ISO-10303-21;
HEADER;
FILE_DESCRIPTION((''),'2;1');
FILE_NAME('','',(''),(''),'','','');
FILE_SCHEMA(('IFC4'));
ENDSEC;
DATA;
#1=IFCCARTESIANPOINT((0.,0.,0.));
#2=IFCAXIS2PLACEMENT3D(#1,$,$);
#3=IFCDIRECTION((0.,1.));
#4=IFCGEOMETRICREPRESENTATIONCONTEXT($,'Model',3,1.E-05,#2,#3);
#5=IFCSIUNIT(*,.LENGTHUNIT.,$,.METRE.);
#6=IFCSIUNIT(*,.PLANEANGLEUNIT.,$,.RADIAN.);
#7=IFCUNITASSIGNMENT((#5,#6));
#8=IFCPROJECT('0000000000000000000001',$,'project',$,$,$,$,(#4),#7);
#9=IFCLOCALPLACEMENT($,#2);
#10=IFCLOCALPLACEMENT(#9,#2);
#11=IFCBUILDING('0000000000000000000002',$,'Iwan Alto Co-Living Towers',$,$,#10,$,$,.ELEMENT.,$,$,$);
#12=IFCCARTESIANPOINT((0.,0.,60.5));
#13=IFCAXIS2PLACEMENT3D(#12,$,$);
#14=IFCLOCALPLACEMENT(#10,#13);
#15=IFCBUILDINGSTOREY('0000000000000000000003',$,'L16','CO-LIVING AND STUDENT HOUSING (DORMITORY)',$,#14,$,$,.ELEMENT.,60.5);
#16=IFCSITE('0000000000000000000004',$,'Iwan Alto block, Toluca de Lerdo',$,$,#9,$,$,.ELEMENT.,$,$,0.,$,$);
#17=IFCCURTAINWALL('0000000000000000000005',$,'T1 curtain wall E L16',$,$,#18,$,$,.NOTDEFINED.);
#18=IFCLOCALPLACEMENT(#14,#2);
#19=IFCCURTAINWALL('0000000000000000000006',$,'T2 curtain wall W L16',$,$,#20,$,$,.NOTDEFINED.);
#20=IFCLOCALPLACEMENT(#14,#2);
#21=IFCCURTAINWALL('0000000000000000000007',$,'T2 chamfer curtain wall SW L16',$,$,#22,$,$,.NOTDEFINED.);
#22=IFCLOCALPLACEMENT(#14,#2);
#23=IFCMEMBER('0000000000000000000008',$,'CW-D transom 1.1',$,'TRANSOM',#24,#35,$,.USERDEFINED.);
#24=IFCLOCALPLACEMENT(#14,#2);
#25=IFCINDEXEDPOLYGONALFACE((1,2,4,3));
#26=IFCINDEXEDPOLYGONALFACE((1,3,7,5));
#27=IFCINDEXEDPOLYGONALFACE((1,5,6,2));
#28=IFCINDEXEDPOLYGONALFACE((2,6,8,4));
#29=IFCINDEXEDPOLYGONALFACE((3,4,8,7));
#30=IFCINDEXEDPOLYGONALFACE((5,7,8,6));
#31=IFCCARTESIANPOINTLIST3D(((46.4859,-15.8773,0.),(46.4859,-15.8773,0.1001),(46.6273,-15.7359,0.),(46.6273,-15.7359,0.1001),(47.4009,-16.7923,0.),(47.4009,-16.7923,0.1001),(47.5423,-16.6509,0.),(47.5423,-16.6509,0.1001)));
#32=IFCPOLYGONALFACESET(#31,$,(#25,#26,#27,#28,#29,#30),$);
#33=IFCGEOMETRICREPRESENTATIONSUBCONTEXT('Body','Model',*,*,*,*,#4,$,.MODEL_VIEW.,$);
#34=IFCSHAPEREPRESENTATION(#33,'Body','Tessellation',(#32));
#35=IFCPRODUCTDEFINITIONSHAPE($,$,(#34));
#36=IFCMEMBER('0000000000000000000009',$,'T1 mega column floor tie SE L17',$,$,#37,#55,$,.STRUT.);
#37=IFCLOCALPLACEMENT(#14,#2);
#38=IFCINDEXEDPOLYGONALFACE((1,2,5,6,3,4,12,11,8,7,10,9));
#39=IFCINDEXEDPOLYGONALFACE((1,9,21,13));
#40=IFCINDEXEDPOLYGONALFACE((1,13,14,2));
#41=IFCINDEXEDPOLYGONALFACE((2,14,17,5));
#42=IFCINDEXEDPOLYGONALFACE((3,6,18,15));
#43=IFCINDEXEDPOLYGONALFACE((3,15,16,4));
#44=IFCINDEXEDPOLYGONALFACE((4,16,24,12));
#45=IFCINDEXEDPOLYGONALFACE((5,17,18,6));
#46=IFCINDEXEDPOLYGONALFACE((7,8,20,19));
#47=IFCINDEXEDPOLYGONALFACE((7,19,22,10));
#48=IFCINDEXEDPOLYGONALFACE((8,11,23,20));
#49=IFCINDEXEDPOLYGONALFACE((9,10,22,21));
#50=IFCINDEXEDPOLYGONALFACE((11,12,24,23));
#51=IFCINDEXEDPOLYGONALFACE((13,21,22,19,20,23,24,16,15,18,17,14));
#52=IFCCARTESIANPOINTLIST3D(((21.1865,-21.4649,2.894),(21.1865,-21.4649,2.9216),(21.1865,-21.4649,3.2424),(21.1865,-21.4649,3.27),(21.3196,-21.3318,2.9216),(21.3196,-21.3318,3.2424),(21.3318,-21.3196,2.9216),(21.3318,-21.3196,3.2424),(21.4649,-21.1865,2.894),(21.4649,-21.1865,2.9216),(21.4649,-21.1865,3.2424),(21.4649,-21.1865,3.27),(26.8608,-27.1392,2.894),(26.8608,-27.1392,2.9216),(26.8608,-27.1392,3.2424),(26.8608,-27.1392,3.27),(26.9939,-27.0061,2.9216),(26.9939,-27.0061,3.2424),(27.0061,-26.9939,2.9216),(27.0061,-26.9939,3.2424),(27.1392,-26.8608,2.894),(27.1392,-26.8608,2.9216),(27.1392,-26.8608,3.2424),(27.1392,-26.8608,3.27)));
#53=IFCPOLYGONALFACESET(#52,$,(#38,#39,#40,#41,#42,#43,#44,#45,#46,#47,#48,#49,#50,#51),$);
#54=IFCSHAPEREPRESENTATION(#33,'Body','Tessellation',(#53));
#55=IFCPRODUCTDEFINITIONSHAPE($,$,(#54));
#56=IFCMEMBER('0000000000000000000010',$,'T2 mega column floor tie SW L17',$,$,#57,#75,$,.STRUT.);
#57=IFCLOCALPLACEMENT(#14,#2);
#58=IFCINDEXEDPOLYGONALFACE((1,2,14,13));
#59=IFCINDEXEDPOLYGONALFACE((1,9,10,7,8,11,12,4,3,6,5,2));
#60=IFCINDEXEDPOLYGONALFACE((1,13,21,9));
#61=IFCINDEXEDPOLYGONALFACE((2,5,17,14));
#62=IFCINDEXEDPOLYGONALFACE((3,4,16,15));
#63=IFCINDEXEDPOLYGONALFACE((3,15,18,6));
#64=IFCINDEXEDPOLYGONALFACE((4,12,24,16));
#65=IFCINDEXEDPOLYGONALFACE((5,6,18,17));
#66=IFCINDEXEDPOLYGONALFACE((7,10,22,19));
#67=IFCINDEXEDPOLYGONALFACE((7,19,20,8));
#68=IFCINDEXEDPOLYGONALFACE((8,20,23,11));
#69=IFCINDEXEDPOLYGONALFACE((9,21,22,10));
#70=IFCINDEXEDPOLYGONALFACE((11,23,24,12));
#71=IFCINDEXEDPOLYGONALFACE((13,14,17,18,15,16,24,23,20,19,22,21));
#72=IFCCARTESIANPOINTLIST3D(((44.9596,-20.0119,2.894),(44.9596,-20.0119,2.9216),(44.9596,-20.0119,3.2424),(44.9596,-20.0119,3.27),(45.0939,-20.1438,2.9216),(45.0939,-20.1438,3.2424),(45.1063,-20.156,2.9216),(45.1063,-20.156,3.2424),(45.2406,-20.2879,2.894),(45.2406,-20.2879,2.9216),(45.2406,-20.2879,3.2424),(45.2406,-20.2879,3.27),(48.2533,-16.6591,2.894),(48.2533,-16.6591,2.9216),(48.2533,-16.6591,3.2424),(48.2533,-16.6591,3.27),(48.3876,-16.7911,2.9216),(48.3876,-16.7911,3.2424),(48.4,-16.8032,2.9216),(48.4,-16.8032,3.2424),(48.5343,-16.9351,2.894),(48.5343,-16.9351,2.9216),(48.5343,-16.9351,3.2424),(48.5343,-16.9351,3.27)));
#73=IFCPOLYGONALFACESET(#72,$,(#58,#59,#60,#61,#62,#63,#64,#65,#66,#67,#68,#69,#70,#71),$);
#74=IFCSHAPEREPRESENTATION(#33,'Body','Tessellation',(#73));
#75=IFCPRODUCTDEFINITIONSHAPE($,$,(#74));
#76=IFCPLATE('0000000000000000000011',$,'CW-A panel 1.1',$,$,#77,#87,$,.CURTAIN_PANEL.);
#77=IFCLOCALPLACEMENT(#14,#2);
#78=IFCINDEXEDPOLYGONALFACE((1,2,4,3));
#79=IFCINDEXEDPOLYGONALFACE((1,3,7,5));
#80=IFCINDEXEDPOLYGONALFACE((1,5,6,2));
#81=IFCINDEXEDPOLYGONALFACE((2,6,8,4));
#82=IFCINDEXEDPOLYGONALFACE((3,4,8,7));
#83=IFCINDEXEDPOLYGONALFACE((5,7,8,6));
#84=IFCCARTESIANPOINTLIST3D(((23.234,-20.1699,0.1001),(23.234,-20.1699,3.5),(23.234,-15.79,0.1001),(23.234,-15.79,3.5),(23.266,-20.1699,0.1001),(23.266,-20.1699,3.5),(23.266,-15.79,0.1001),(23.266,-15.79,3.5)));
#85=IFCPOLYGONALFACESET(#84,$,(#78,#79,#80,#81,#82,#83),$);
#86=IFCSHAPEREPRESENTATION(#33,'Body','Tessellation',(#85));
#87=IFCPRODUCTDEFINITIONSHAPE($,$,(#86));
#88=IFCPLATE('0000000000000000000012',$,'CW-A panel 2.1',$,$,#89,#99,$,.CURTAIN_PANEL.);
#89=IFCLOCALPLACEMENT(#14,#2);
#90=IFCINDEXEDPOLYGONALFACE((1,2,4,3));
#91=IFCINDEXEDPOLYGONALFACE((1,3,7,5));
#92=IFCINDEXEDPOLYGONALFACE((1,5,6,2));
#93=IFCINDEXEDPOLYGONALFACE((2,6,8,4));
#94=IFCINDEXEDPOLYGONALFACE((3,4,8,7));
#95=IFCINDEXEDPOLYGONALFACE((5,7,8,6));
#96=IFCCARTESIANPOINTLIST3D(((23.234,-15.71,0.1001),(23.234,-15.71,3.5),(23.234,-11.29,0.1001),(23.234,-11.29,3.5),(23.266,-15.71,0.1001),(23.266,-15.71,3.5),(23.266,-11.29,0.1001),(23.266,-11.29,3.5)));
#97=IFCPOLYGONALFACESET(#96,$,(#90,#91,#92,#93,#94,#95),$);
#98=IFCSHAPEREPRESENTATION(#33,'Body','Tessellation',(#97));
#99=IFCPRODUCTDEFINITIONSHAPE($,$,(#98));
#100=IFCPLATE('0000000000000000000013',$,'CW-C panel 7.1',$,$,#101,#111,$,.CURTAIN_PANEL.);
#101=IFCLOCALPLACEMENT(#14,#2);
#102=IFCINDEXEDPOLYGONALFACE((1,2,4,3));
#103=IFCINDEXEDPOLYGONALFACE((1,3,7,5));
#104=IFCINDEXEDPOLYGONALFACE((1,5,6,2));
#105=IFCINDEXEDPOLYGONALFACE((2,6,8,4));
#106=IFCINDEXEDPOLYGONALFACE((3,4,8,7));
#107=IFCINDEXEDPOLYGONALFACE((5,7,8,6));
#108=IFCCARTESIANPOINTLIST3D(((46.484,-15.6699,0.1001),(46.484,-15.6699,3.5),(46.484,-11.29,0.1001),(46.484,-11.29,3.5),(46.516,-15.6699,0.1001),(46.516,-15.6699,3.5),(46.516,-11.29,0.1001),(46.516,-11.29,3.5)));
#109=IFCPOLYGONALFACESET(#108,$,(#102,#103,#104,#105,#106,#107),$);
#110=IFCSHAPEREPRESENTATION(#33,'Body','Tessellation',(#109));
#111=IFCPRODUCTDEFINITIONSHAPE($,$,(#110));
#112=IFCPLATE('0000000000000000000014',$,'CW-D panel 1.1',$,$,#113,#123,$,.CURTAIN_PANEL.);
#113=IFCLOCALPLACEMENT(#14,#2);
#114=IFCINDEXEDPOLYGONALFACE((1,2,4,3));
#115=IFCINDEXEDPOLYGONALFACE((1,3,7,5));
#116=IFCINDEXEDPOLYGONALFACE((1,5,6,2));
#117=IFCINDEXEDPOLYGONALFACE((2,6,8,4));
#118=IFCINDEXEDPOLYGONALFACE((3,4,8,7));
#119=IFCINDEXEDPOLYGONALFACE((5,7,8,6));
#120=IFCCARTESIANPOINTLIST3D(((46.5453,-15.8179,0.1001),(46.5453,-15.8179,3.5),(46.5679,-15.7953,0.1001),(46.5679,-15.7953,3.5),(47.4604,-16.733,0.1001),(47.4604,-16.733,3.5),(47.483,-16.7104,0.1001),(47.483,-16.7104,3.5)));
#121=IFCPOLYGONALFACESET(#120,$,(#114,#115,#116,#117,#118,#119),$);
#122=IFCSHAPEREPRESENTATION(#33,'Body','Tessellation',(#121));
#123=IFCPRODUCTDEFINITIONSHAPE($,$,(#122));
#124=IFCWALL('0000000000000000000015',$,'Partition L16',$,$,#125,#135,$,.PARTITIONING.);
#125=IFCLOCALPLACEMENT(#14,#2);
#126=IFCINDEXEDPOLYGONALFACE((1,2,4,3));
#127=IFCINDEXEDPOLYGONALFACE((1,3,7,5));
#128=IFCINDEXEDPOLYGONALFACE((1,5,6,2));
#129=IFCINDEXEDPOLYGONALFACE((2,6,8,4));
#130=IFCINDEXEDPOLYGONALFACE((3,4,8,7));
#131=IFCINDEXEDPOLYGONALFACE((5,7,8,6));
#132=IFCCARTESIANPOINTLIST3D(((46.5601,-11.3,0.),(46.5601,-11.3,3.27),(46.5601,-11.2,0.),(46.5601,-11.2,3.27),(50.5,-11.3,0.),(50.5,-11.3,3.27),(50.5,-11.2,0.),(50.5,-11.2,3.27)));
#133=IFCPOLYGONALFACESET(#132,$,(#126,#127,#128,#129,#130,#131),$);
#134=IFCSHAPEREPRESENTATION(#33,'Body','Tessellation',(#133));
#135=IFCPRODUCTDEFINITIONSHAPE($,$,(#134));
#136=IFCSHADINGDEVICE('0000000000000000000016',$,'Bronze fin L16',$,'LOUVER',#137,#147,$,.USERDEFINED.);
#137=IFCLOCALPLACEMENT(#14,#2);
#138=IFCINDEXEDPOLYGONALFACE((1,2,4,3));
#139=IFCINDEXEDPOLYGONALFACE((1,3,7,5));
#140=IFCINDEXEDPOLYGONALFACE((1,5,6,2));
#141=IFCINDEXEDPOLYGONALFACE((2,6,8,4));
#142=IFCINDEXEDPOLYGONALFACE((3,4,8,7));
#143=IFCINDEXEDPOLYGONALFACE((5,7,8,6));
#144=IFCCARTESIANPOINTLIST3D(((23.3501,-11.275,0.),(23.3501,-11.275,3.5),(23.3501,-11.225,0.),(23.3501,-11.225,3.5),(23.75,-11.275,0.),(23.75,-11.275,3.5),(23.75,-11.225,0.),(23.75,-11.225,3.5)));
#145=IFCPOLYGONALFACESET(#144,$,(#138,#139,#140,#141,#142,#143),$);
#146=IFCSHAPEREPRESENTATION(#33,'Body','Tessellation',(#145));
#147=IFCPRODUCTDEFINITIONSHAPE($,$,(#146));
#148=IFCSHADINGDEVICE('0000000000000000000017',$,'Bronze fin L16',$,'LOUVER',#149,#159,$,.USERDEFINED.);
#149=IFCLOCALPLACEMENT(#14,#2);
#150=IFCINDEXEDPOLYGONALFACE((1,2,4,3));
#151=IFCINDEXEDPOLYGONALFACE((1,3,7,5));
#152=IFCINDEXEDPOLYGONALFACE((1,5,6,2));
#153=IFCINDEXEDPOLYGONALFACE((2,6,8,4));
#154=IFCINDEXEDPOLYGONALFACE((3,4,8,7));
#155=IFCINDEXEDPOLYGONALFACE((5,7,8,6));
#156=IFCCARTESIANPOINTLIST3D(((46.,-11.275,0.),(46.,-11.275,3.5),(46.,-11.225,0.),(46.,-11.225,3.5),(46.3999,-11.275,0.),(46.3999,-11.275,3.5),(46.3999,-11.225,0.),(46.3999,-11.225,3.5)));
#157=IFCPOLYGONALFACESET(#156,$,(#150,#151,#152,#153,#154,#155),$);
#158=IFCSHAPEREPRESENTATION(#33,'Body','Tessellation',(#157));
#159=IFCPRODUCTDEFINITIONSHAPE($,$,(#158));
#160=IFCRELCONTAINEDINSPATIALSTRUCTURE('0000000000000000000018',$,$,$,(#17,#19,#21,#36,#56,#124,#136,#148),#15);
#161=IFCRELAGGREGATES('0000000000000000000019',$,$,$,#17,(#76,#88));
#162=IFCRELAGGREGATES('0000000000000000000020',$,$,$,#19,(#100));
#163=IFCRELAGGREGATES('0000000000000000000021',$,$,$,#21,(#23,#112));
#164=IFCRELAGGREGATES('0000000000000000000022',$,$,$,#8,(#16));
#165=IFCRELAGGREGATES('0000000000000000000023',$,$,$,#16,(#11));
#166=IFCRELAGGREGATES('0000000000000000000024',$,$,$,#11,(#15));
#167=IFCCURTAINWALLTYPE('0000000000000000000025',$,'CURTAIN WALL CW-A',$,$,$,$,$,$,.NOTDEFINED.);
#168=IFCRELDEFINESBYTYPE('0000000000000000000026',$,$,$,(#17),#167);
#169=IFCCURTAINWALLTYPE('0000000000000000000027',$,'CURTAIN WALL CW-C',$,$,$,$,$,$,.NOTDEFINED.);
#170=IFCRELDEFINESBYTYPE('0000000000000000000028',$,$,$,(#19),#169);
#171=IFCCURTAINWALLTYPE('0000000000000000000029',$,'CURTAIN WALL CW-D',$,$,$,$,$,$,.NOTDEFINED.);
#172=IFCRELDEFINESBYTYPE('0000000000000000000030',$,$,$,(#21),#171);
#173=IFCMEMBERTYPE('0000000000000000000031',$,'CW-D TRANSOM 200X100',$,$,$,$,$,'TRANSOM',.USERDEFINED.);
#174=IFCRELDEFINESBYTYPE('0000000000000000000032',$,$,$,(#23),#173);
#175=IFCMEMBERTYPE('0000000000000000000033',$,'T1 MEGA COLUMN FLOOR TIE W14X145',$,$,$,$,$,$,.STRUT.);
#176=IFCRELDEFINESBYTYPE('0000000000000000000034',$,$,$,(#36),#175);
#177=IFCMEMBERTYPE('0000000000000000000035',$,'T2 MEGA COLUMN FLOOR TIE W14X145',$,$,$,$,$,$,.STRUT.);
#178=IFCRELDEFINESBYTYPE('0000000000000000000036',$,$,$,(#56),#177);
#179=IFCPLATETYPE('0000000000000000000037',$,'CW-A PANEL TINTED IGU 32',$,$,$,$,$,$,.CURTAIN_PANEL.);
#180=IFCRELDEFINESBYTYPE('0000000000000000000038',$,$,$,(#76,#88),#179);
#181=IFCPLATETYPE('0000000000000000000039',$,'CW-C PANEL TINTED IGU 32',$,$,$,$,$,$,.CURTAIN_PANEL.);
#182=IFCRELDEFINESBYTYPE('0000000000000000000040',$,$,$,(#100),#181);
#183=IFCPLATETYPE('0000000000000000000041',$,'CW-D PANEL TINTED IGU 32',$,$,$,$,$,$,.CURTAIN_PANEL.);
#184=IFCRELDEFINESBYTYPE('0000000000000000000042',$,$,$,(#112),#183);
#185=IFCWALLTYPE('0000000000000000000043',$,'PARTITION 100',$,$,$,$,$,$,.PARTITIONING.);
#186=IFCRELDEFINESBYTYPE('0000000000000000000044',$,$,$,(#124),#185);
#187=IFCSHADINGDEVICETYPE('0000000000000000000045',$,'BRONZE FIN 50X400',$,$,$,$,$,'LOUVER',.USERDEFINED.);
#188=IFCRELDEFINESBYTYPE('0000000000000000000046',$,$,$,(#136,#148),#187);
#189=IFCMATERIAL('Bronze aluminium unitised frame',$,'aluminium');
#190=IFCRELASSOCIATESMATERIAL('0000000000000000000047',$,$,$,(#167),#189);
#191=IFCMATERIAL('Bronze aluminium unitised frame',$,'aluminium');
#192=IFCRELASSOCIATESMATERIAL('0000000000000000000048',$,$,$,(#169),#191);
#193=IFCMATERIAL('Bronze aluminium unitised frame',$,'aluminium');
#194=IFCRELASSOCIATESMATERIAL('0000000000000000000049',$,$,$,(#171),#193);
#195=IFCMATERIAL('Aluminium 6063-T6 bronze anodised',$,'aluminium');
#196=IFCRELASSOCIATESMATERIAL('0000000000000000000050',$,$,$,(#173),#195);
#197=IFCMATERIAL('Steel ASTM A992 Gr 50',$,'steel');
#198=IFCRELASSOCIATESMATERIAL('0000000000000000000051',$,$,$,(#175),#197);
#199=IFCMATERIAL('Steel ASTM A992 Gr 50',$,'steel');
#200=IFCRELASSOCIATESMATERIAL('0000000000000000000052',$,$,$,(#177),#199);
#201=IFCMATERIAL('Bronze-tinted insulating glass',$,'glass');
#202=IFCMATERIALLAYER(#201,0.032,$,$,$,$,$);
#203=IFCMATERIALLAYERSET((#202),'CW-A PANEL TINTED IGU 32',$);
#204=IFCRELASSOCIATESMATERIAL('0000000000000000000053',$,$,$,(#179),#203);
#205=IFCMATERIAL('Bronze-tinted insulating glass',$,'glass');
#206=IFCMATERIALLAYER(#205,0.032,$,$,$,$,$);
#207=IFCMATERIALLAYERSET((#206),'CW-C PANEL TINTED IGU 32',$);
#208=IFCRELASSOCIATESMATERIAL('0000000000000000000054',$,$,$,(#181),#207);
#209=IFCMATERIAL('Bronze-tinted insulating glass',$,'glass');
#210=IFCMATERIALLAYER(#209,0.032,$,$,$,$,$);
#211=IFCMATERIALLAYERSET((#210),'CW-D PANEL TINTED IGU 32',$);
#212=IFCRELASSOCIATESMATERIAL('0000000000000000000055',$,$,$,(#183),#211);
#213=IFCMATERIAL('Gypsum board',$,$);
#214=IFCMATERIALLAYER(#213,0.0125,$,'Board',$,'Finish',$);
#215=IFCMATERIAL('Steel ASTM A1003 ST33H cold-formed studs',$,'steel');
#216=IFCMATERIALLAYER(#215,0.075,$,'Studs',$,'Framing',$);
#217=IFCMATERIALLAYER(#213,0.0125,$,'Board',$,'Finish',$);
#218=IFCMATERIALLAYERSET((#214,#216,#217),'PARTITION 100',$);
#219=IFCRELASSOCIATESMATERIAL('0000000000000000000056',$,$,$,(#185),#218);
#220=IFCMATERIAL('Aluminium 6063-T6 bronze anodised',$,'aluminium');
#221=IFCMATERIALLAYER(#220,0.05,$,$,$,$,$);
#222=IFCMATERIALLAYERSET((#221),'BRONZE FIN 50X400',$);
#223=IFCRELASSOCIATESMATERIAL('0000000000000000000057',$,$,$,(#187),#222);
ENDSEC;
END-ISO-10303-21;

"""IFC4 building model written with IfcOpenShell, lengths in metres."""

from ifc_helpers import new_model, si_unit, direction, frame, frame_2d, origin, origin_2d, place, context, subcontext, project, spatial, rectangle, i_section, extrude, material, layer, layer_set, material_profile, profile_set, type_object, element, aggregate, save


model = new_model("IFC4")

# Units and contexts
model_context = context("Model", 3, precision=1e-05, world=origin(), true_north=direction((0.0, 1.0)))
body_context = subcontext(model_context, "Body", "Model", "MODEL_VIEW")
ifc_project = project(units=[si_unit("LENGTHUNIT", "METRE"), si_unit("PLANEANGLEUNIT", "RADIAN")], contexts=[model_context])

# Site, building, storey
site_placement = place(None, origin())
site = spatial("IfcSite", under=ifc_project, at=site_placement, Name="Iwan Alto block, Toluca de Lerdo", CompositionType="ELEMENT", RefElevation=0.0)
building_placement = place(site_placement, origin())
building = spatial("IfcBuilding", under=site, at=building_placement, Name="Iwan Alto Co-Living Towers", CompositionType="ELEMENT")
storey_placement = place(building_placement, frame((0.0, 0.0, 60.5)))
storey = spatial("IfcBuildingStorey", under=building, at=storey_placement, Name="L16", Description="CO-LIVING AND STUDENT HOUSING (DORMITORY)", CompositionType="ELEMENT", Elevation=60.5)

# Curtain walls, member
ifc_material_1 = material(Name="Bronze aluminium unitised frame", Category="aluminium")
curtain_wall_type_1 = type_object("IfcCurtainWallType", Name="CURTAIN WALL CW-A", PredefinedType="NOTDEFINED", material=ifc_material_1)
curtain_wall_1_placement = place(storey_placement, origin())
curtain_wall_1 = element("IfcCurtainWall", 1, at=curtain_wall_1_placement, inside=storey, type_object=curtain_wall_type_1, Name="T1 curtain wall E L16", PredefinedType="NOTDEFINED")
ifc_material_2 = material(Name="Bronze aluminium unitised frame", Category="aluminium")
curtain_wall_type_2 = type_object("IfcCurtainWallType", Name="CURTAIN WALL CW-C", PredefinedType="NOTDEFINED", material=ifc_material_2)
curtain_wall_2_placement = place(storey_placement, origin())
curtain_wall_2 = element("IfcCurtainWall", 2, at=curtain_wall_2_placement, inside=storey, type_object=curtain_wall_type_2, Name="T2 curtain wall W L16", PredefinedType="NOTDEFINED")
ifc_material_3 = material(Name="Bronze aluminium unitised frame", Category="aluminium")
curtain_wall_type_3 = type_object("IfcCurtainWallType", Name="CURTAIN WALL CW-D", PredefinedType="NOTDEFINED", material=ifc_material_3)
curtain_wall_3_placement = place(storey_placement, origin())
curtain_wall_3 = element("IfcCurtainWall", 3, at=curtain_wall_3_placement, inside=storey, type_object=curtain_wall_type_3, Name="T2 chamfer curtain wall SW L16", PredefinedType="NOTDEFINED")
ifc_material_4 = material(Name="Aluminium 6063-T6 bronze anodised", Category="aluminium")
ifc_material_profile_1 = material_profile(ifc_material_4, rectangle(XDim=0.2, YDim=0.1001, at=origin_2d()), Name="AL 200X100")
ifc_profile_set_1 = profile_set([ifc_material_profile_1], Name="Aluminium 6063-T6 bronze anodised")
member_type_1 = type_object("IfcMemberType", Name="CW-D TRANSOM 200X100", ElementType="TRANSOM", PredefinedType="USERDEFINED", material=ifc_profile_set_1)
member_1_placement = place(storey_placement, frame((46.5566, -15.8066, 0.05), z_axis=(0.707107, -0.707107, 0.0), x_axis=(0.707107, 0.707107, 0.0)))
member_1 = element("IfcMember", 4, at=member_1_placement, type_object=member_type_1, Name="CW-D transom 1.1", ObjectType="TRANSOM", PredefinedType="USERDEFINED", context=body_context, shape_type="SweptSolid", body=[
    extrude(rectangle(XDim=0.2, YDim=0.1001, at=origin_2d()), origin(), (0.0, 0.0, 1.0), 1.2939),
])

# Members
ifc_material_5 = material(Name="Steel ASTM A992 Gr 50", Category="steel")
ifc_material_profile_2 = material_profile(ifc_material_5, i_section(OverallWidth=0.3938, OverallDepth=0.376, WebThickness=0.0173, FlangeThickness=0.0276, at=origin_2d()), Name="W14X145")
ifc_profile_set_2 = profile_set([ifc_material_profile_2], Name="Steel ASTM A992 Gr 50")
member_type_2 = type_object("IfcMemberType", Name="T1 MEGA COLUMN FLOOR TIE W14X145", PredefinedType="STRUT", material=ifc_profile_set_2)
member_2_placement = place(storey_placement, frame((27.0, -27.0, 3.082), z_axis=(-0.707107, 0.707107, 0.0), x_axis=(-0.707107, -0.707107, 0.0)))
element("IfcMember", 5, at=member_2_placement, inside=storey, type_object=member_type_2, Name="T1 mega column floor tie SE L17", PredefinedType="STRUT", context=body_context, shape_type="SweptSolid", body=[
    extrude(i_section(OverallWidth=0.3938, OverallDepth=0.376, WebThickness=0.0173, FlangeThickness=0.0276, at=origin_2d()), origin(), (0.0, 0.0, 1.0), 8.0247),
])
ifc_material_6 = material(Name="Steel ASTM A992 Gr 50", Category="steel")
ifc_material_profile_3 = material_profile(ifc_material_6, i_section(OverallWidth=0.3938, OverallDepth=0.376, WebThickness=0.0173, FlangeThickness=0.0276, at=origin_2d()), Name="W14X145")
ifc_profile_set_3 = profile_set([ifc_material_profile_3], Name="Steel ASTM A992 Gr 50")
member_type_3 = type_object("IfcMemberType", Name="T2 MEGA COLUMN FLOOR TIE W14X145", PredefinedType="STRUT", material=ifc_profile_set_3)
member_3_placement = place(storey_placement, frame((45.1001, -20.1499, 3.082), z_axis=(0.700793, 0.713364, 0.0), x_axis=(-0.713364, 0.700793, 0.0)))
element("IfcMember", 6, at=member_3_placement, inside=storey, type_object=member_type_3, Name="T2 mega column floor tie SW L17", PredefinedType="STRUT", context=body_context, shape_type="SweptSolid", body=[
    extrude(i_section(OverallWidth=0.3938, OverallDepth=0.376, WebThickness=0.0173, FlangeThickness=0.0276, at=origin_2d()), origin(), (0.0, 0.0, 1.0), 4.7),
])

# Plates
ifc_material_7 = material(Name="Bronze-tinted insulating glass", Category="glass")
ifc_layer_1 = layer(ifc_material_7, 0.032)
ifc_layer_set_1 = layer_set([ifc_layer_1], Name="CW-A PANEL TINTED IGU 32")
plate_type_1 = type_object("IfcPlateType", Name="CW-A PANEL TINTED IGU 32", PredefinedType="CURTAIN_PANEL", material=ifc_layer_set_1)
plate_1_placement = place(storey_placement, frame((23.25, -17.98, 0.1001), z_axis=(0.0, 0.0, 1.0), x_axis=(0.0, 1.0, 0.0)))
plate_1 = element("IfcPlate", 7, at=plate_1_placement, type_object=plate_type_1, Name="CW-A panel 1.1", PredefinedType="CURTAIN_PANEL", context=body_context, shape_type="SweptSolid", body=[
    extrude(rectangle(XDim=4.3799, YDim=0.032, at=origin_2d()), origin(), (0.0, 0.0, 1.0), 3.3999),
])
plate_2_placement = place(storey_placement, frame((23.25, -13.5, 0.1001), z_axis=(0.0, 0.0, 1.0), x_axis=(0.0, 1.0, 0.0)))
plate_2 = element("IfcPlate", 8, at=plate_2_placement, type_object=plate_type_1, Name="CW-A panel 2.1", PredefinedType="CURTAIN_PANEL", context=body_context, shape_type="SweptSolid", body=[
    extrude(rectangle(XDim=4.4199, YDim=0.032, at=origin_2d()), origin(), (0.0, 0.0, 1.0), 3.3999),
])
aggregate(curtain_wall_1, [plate_1, plate_2])
ifc_material_8 = material(Name="Bronze-tinted insulating glass", Category="glass")
ifc_layer_2 = layer(ifc_material_8, 0.032)
ifc_layer_set_2 = layer_set([ifc_layer_2], Name="CW-C PANEL TINTED IGU 32")
plate_type_2 = type_object("IfcPlateType", Name="CW-C PANEL TINTED IGU 32", PredefinedType="CURTAIN_PANEL", material=ifc_layer_set_2)
plate_3_placement = place(storey_placement, frame((46.5, -13.48, 0.1001), z_axis=(0.0, 0.0, 1.0), x_axis=(0.0, -1.0, 0.0)))
plate_3 = element("IfcPlate", 9, at=plate_3_placement, type_object=plate_type_2, Name="CW-C panel 7.1", PredefinedType="CURTAIN_PANEL", context=body_context, shape_type="SweptSolid", body=[
    extrude(rectangle(XDim=4.3799, YDim=0.032, at=origin_2d()), origin(), (0.0, 0.0, 1.0), 3.3999),
])
aggregate(curtain_wall_2, [plate_3])
ifc_material_9 = material(Name="Bronze-tinted insulating glass", Category="glass")
ifc_layer_3 = layer(ifc_material_9, 0.032)
ifc_layer_set_3 = layer_set([ifc_layer_3], Name="CW-D PANEL TINTED IGU 32")
plate_type_3 = type_object("IfcPlateType", Name="CW-D PANEL TINTED IGU 32", PredefinedType="CURTAIN_PANEL", material=ifc_layer_set_3)
plate_4_placement = place(storey_placement, frame((47.0142, -16.2642, 0.1001), z_axis=(0.0, 0.0, 1.0), x_axis=(0.707107, -0.707107, 0.0)))
plate_4 = element("IfcPlate", 10, at=plate_4_placement, type_object=plate_type_3, Name="CW-D panel 1.1", PredefinedType="CURTAIN_PANEL", context=body_context, shape_type="SweptSolid", body=[
    extrude(rectangle(XDim=1.2942, YDim=0.032, at=origin_2d()), origin(), (0.0, 0.0, 1.0), 3.3999),
])
aggregate(curtain_wall_3, [member_1, plate_4])

# Wall
ifc_material_10 = material(Name="Gypsum board")
ifc_layer_4 = layer(ifc_material_10, 0.0125, Name="Board", Category="Finish")
ifc_material_11 = material(Name="Steel ASTM A1003 ST33H cold-formed studs", Category="steel")
ifc_layer_5 = layer(ifc_material_11, 0.075, Name="Studs", Category="Framing")
ifc_layer_6 = layer(ifc_material_10, 0.0125, Name="Board", Category="Finish")
ifc_layer_set_4 = layer_set([ifc_layer_4, ifc_layer_5, ifc_layer_6], Name="PARTITION 100")
wall_type = type_object("IfcWallType", Name="PARTITION 100", PredefinedType="PARTITIONING", material=ifc_layer_set_4)
wall_placement = place(storey_placement, frame((46.5601, -11.25, 0.0), z_axis=(0.0, 0.0, 1.0), x_axis=(1.0, 0.0, 0.0)))
element("IfcWall", 11, at=wall_placement, inside=storey, type_object=wall_type, Name="Partition L16", PredefinedType="PARTITIONING", context=body_context, shape_type="SweptSolid", body=[
    extrude(rectangle(XDim=3.9399, YDim=0.1001, at=frame_2d((1.97, 0.0))), origin(), (0.0, 0.0, 1.0), 3.27),
])

# Shading devices
ifc_material_12 = material(Name="Aluminium 6063-T6 bronze anodised", Category="aluminium")
ifc_layer_7 = layer(ifc_material_12, 0.05)
ifc_layer_set_5 = layer_set([ifc_layer_7], Name="BRONZE FIN 50X400")
shading_device_type = type_object("IfcShadingDeviceType", Name="BRONZE FIN 50X400", ElementType="LOUVER", PredefinedType="USERDEFINED", material=ifc_layer_set_5)
for number, where, z_axis, x_axis, name in (
    (12, (23.55, -11.25, 0.0), (0.0, 0.0, 1.0), (0.0, 1.0, 0.0), "Bronze fin L16"),
    (13, (46.2, -11.25, 0.0), (0.0, 0.0, 1.0), (0.0, -1.0, 0.0), "Bronze fin L16"),
):
    element("IfcShadingDevice", number, at=place(storey_placement, frame(where, z_axis=z_axis, x_axis=x_axis)), inside=storey, type_object=shading_device_type, Name=name, ObjectType="LOUVER", PredefinedType="USERDEFINED", context=body_context, shape_type="SweptSolid", body=[
        extrude(rectangle(XDim=0.05, YDim=0.3999, at=origin_2d()), origin(), (0.0, 0.0, 1.0), 3.5),
    ])

save(model, "model.ifc")
